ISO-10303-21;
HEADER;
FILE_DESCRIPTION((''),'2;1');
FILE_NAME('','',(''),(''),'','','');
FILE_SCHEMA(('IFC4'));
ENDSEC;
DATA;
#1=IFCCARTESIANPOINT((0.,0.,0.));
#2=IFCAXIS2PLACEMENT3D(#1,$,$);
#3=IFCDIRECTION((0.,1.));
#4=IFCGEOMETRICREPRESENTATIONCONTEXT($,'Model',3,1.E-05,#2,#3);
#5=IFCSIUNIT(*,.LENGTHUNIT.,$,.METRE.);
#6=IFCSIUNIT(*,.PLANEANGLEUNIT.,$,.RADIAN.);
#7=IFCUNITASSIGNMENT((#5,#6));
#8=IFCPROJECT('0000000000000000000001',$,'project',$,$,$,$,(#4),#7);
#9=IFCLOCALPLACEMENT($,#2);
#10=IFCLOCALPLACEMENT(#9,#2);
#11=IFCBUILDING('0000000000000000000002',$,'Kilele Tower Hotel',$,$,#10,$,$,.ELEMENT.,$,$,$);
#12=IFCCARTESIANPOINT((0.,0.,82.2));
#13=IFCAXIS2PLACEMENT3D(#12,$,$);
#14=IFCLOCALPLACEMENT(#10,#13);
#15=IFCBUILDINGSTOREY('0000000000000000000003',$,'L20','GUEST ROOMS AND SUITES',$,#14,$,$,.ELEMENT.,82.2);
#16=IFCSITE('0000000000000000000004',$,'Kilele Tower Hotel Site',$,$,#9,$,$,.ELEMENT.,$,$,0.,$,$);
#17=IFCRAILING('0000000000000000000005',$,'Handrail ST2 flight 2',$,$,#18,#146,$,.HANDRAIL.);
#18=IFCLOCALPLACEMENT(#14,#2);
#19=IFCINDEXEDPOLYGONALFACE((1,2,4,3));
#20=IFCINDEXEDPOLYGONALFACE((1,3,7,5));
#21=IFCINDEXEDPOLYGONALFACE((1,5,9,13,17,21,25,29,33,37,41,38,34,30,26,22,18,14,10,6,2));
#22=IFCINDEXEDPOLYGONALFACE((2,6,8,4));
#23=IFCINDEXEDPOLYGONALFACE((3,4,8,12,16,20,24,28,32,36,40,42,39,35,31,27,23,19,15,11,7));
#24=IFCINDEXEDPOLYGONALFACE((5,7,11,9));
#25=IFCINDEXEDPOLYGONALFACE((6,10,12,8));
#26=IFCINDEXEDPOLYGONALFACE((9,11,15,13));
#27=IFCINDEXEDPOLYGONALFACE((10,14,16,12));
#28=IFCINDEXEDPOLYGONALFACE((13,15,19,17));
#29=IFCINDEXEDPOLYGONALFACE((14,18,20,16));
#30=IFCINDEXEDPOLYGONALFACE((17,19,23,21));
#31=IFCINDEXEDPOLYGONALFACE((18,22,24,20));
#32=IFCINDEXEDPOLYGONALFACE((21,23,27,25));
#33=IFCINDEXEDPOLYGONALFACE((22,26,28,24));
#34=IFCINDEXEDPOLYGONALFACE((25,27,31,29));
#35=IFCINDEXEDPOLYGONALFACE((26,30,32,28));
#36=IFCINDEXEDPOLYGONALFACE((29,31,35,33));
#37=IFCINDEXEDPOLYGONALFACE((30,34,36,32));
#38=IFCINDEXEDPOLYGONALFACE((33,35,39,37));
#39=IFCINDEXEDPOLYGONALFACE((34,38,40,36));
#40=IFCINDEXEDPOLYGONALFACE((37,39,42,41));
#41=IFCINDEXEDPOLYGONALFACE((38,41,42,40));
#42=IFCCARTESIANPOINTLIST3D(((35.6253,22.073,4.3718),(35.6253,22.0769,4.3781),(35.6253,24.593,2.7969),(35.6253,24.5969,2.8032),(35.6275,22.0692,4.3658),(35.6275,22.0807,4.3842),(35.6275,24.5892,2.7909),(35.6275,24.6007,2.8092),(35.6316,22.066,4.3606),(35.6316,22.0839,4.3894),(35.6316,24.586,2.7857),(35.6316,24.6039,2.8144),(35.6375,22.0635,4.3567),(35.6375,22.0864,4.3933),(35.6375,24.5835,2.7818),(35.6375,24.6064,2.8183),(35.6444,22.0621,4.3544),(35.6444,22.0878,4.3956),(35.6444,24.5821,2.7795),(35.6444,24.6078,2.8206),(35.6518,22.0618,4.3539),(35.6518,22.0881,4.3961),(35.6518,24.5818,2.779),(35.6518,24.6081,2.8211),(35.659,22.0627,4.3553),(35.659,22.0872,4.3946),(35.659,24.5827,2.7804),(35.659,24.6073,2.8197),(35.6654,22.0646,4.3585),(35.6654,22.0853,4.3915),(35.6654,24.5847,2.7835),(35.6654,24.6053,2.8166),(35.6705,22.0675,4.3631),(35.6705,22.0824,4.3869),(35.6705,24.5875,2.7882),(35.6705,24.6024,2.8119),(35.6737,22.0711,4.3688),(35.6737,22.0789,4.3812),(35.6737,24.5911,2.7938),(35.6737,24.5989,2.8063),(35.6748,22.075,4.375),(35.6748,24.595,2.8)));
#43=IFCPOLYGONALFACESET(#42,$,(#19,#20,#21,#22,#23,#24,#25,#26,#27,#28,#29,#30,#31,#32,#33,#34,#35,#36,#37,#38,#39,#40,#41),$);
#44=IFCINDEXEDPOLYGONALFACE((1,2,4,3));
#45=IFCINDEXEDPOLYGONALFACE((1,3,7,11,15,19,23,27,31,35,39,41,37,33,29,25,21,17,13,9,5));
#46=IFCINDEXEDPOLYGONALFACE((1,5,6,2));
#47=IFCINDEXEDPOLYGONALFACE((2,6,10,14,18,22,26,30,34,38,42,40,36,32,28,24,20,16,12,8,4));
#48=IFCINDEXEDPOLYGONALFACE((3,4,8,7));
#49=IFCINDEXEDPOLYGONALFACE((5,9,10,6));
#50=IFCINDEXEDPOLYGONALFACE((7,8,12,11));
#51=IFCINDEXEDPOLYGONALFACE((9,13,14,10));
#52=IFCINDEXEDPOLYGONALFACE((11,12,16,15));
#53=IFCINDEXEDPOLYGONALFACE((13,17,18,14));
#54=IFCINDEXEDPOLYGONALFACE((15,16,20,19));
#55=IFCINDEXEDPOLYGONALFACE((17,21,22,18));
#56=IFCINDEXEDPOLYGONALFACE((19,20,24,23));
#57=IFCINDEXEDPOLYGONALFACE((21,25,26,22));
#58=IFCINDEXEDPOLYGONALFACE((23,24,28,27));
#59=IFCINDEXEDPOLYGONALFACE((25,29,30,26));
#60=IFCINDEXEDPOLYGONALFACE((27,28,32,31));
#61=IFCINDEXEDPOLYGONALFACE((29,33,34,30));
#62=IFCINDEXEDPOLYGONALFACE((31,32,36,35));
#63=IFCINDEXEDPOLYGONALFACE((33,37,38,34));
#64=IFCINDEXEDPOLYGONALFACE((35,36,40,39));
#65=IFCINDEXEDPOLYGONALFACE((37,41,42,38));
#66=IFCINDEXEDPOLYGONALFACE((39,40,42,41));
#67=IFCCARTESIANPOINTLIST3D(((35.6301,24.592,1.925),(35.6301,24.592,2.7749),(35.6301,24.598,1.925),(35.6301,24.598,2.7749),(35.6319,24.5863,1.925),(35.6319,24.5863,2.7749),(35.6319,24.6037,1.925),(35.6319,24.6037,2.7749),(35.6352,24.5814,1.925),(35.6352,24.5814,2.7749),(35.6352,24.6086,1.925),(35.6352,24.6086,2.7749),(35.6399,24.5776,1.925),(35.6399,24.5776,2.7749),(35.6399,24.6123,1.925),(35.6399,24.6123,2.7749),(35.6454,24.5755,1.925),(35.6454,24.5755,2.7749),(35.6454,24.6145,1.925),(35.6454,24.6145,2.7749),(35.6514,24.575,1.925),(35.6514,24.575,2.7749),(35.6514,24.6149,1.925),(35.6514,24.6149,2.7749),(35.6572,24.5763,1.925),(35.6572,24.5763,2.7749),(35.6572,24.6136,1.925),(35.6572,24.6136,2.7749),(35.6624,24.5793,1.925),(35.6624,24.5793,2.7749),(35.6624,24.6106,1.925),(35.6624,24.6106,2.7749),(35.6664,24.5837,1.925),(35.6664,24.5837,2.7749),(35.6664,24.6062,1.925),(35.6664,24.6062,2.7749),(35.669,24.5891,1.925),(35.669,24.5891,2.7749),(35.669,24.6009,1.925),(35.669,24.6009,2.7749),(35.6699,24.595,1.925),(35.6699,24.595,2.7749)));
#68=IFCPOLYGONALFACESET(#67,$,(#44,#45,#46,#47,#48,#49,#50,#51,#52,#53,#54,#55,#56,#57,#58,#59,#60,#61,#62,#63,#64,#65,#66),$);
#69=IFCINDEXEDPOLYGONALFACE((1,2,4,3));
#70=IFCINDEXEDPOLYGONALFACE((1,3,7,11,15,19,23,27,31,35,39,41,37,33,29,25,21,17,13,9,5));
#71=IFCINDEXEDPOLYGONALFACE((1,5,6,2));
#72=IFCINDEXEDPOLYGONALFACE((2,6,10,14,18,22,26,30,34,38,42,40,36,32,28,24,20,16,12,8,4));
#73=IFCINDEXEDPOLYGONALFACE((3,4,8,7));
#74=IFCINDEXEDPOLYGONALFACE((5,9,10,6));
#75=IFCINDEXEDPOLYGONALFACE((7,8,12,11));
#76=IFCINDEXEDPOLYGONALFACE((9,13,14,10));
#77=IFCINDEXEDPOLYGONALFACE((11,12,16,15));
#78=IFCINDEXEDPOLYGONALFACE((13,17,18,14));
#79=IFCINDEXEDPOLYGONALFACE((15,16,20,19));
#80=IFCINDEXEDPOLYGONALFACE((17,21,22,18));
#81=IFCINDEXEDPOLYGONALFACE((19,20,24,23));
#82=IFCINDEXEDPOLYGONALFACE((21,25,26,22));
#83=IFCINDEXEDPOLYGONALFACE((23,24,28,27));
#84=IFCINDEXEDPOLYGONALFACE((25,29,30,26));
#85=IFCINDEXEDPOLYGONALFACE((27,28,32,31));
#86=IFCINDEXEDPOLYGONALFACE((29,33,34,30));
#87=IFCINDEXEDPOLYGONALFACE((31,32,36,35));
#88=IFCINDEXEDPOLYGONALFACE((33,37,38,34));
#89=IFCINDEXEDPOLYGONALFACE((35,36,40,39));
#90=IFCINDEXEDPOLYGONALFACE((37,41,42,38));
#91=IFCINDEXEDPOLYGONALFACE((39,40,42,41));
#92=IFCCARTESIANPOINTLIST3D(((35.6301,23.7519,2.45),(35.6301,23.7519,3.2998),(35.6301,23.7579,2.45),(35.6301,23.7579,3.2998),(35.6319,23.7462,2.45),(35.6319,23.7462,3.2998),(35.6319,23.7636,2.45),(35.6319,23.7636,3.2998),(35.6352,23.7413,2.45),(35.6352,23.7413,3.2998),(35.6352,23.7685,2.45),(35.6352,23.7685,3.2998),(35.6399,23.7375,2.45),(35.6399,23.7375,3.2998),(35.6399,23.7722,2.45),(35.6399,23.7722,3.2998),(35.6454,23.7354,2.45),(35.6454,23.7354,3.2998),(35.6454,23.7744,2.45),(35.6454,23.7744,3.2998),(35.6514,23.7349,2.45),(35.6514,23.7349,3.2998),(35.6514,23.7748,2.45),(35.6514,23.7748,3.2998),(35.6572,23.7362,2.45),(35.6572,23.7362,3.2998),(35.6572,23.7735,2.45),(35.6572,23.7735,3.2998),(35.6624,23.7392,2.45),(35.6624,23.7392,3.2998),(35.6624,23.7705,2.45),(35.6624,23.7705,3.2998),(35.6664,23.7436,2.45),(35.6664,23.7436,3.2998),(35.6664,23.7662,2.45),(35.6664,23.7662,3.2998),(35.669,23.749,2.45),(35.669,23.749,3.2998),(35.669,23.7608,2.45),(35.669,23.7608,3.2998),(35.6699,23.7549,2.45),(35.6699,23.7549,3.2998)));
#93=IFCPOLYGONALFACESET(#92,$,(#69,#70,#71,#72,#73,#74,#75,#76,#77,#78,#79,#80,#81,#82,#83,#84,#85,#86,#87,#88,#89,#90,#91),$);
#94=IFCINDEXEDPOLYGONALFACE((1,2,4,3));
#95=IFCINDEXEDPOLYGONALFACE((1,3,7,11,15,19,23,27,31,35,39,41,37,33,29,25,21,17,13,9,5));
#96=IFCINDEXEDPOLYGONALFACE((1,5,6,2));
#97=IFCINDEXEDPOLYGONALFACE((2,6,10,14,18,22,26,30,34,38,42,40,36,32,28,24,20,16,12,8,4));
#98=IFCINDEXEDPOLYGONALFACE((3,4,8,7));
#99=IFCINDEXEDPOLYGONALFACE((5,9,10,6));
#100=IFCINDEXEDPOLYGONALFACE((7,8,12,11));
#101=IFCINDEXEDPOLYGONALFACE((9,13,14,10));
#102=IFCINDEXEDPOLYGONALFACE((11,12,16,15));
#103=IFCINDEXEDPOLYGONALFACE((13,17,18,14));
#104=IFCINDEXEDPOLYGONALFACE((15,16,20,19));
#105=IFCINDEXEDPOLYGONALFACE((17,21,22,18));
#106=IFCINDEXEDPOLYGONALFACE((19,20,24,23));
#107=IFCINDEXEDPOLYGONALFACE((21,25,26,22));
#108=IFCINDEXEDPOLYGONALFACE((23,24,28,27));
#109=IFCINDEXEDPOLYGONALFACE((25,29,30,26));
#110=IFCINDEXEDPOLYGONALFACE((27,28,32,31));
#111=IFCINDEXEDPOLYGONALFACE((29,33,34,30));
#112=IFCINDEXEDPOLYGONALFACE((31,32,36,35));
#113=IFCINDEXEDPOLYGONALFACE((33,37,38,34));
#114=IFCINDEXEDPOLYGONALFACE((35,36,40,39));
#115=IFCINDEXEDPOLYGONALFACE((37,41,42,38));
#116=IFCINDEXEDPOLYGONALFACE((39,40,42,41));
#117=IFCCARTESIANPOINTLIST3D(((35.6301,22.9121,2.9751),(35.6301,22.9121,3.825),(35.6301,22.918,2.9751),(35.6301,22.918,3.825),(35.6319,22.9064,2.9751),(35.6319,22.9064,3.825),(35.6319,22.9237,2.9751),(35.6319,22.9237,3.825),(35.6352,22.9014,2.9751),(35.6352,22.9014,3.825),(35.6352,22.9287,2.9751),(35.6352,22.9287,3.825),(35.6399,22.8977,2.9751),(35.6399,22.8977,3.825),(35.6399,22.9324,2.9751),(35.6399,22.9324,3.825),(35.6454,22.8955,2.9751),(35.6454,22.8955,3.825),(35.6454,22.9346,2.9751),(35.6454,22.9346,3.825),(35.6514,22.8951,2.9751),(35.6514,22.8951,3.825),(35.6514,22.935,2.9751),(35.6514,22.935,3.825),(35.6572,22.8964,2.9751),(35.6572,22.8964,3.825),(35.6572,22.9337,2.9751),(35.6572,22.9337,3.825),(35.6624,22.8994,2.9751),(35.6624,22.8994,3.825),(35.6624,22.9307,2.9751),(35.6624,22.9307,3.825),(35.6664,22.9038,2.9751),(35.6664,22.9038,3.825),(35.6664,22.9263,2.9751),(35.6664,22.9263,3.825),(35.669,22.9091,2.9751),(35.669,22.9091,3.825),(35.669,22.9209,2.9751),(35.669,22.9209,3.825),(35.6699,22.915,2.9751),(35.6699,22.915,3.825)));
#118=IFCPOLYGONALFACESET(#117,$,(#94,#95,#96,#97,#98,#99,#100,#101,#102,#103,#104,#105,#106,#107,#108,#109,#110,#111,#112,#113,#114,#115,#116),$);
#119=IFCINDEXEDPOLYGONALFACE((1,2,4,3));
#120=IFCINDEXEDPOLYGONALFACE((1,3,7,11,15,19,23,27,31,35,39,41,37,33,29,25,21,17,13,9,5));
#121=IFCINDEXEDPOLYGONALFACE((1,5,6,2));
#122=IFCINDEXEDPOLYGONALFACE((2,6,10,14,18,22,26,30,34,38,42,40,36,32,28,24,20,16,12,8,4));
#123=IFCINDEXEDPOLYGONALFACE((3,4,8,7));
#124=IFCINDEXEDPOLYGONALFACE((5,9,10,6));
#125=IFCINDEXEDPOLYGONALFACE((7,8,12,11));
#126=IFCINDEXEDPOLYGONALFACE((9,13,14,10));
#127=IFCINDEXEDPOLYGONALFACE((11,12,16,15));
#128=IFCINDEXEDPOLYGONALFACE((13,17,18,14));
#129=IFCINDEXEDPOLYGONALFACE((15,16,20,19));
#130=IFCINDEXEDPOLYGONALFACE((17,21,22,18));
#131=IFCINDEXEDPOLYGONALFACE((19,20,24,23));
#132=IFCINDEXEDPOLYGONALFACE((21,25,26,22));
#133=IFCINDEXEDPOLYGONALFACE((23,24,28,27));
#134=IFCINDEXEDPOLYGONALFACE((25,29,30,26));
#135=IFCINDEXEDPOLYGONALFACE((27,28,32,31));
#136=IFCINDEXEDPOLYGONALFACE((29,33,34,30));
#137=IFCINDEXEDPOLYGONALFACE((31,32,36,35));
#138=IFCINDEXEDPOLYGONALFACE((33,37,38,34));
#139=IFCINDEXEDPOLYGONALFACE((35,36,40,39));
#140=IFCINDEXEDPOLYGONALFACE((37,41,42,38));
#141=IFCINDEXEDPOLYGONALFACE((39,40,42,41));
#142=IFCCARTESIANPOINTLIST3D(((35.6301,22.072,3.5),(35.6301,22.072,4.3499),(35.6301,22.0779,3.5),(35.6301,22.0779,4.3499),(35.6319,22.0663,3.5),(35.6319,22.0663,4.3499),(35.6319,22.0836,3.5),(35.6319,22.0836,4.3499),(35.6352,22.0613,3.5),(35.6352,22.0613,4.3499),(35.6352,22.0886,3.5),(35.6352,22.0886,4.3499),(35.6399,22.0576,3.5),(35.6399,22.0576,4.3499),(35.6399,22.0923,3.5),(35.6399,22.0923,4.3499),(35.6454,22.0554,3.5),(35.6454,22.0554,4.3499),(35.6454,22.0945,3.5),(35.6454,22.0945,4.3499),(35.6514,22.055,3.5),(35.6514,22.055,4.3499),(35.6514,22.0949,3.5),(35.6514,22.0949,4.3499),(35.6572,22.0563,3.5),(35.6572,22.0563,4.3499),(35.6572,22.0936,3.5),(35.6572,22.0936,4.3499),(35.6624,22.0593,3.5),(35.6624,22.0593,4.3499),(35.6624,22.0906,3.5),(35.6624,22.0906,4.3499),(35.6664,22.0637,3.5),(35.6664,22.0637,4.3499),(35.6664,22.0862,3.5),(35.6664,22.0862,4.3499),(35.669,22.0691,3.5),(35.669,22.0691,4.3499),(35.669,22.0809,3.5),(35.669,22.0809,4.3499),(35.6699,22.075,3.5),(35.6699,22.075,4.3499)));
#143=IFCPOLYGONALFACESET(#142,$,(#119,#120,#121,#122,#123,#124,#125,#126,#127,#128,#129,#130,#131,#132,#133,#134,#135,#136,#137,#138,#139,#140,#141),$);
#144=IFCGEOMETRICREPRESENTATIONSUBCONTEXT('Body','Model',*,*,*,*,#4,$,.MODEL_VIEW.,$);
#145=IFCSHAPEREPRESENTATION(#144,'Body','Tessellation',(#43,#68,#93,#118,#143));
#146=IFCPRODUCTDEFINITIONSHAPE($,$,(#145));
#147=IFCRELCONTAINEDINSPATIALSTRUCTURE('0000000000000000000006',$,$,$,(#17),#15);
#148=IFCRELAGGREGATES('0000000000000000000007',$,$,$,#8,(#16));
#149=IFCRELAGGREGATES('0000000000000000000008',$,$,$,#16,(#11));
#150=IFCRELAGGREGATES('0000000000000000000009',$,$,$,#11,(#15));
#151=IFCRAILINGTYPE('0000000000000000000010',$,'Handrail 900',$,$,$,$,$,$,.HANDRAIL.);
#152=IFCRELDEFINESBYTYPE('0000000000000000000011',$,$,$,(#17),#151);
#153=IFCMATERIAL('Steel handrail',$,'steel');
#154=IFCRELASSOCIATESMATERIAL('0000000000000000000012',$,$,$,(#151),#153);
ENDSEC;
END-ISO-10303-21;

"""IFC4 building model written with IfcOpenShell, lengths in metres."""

from ifc_helpers import new_model, si_unit, direction, frame, origin, origin_2d, place, context, subcontext, project, spatial, circle, extrude, material, type_object, element, save


model = new_model("IFC4")

# Units and contexts
model_context = context("Model", 3, precision=1e-05, world=origin(), true_north=direction((0.0, 1.0)))
body_context = subcontext(model_context, "Body", "Model", "MODEL_VIEW")
ifc_project = project(units=[si_unit("LENGTHUNIT", "METRE"), si_unit("PLANEANGLEUNIT", "RADIAN")], contexts=[model_context])

# Site, building, storey
site_placement = place(None, origin())
site = spatial("IfcSite", under=ifc_project, at=site_placement, Name="Kilele Tower Hotel Site", CompositionType="ELEMENT", RefElevation=0.0)
building_placement = place(site_placement, origin())
building = spatial("IfcBuilding", under=site, at=building_placement, Name="Kilele Tower Hotel", CompositionType="ELEMENT")
storey_placement = place(building_placement, frame((0.0, 0.0, 82.2)))
storey = spatial("IfcBuildingStorey", under=building, at=storey_placement, Name="L20", Description="GUEST ROOMS AND SUITES", CompositionType="ELEMENT", Elevation=82.2)

# Railing
ifc_material_1 = material(Name="Steel handrail", Category="steel")
railing_type_1 = type_object("IfcRailingType", Name="Handrail 900", PredefinedType="HANDRAIL", material=ifc_material_1)
for number, where, name in (
    (1, (35.6499, 24.595, 1.925), "Handrail ST2 flight 2"),
):
    element("IfcRailing", number, at=place(storey_placement, frame(where)), inside=storey, type_object=railing_type_1, Name=name, PredefinedType="HANDRAIL", context=body_context, shape_type="SweptSolid", body=[
        extrude(circle(Radius=0.0249, at=origin_2d()), frame((0.0, 0.0, 0.875), z_axis=(0.0, -0.848008, 0.529984), x_axis=(1.0, 0.0, 0.0)), (0.0, 0.0, 1.0), 2.9717),
        extrude(circle(Radius=0.02, at=origin_2d()), origin(), (0.0, 0.0, 1.0), 0.8499),
        extrude(circle(Radius=0.02, at=origin_2d()), frame((0.0, -0.8401, 0.5249)), (0.0, 0.0, 1.0), 0.8499),
        extrude(circle(Radius=0.02, at=origin_2d()), frame((0.0, -1.6799, 1.05)), (0.0, 0.0, 1.0), 0.8499),
        extrude(circle(Radius=0.02, at=origin_2d()), frame((0.0, -2.52, 1.575)), (0.0, 0.0, 1.0), 0.8499),
    ])

save(model, "model.ifc")
